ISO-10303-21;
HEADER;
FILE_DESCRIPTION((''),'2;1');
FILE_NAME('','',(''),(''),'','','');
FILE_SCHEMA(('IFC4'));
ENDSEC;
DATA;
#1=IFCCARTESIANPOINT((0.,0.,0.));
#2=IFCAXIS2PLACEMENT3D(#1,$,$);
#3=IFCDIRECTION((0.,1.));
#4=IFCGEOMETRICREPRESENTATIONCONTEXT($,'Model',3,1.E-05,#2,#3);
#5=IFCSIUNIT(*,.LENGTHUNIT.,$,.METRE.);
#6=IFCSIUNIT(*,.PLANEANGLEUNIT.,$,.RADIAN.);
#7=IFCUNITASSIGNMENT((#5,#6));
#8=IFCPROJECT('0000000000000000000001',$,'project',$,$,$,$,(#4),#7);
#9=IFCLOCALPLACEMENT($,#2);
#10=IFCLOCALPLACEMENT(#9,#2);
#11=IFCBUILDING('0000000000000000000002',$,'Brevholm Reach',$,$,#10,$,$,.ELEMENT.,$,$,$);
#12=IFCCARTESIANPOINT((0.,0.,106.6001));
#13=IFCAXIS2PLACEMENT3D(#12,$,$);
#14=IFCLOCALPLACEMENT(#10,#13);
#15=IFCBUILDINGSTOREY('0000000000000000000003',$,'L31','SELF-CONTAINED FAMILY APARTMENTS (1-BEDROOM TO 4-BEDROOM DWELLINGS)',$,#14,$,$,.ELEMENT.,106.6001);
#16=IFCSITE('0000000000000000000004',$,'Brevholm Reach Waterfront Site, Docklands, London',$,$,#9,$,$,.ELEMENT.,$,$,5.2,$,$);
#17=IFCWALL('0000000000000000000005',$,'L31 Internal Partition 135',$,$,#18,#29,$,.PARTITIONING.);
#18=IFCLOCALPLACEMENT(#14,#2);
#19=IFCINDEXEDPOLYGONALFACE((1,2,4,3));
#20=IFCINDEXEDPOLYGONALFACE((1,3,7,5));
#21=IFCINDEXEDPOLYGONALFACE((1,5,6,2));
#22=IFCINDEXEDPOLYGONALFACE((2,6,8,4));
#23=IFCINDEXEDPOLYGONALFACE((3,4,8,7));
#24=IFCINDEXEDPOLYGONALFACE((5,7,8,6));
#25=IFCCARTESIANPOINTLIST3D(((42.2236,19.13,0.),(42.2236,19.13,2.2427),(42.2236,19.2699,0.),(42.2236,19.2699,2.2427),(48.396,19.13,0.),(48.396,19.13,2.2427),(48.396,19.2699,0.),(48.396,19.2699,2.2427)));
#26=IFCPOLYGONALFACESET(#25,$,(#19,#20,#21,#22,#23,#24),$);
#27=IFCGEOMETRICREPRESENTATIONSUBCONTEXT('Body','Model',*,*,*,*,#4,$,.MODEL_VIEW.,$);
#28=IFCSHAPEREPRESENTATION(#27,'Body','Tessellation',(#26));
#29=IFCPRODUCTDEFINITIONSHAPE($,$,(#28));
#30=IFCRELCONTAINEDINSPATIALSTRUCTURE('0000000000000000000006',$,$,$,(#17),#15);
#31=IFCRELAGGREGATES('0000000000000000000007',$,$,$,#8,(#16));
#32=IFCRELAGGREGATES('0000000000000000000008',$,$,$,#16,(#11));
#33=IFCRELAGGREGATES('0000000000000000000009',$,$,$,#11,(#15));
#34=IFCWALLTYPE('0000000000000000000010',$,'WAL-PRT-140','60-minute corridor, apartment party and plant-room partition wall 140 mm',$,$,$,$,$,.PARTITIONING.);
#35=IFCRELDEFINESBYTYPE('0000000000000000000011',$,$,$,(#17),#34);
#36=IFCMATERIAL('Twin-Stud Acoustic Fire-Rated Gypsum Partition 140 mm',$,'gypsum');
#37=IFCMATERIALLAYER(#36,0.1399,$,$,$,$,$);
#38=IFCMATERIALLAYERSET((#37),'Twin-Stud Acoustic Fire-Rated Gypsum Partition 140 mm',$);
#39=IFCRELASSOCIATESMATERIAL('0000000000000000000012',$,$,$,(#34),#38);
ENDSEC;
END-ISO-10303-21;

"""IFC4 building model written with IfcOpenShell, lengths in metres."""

from ifc_helpers import new_model, si_unit, direction, frame, frame_2d, origin, place, context, subcontext, project, spatial, rectangle, extrude, material, layer, layer_set, type_object, element, save


model = new_model("IFC4")

# Units and contexts
model_context = context("Model", 3, precision=1e-05, world=origin(), true_north=direction((0.0, 1.0)))
body_context = subcontext(model_context, "Body", "Model", "MODEL_VIEW")
ifc_project = project(units=[si_unit("LENGTHUNIT", "METRE"), si_unit("PLANEANGLEUNIT", "RADIAN")], contexts=[model_context])

# Site, building, storey
site_placement = place(None, origin())
site = spatial("IfcSite", under=ifc_project, at=site_placement, Name="Brevholm Reach Waterfront Site, Docklands, London", CompositionType="ELEMENT", RefElevation=5.2)
building_placement = place(site_placement, origin())
building = spatial("IfcBuilding", under=site, at=building_placement, Name="Brevholm Reach", CompositionType="ELEMENT")
storey_placement = place(building_placement, frame((0.0, 0.0, 106.6001)))
storey = spatial("IfcBuildingStorey", under=building, at=storey_placement, Name="L31", Description="SELF-CONTAINED FAMILY APARTMENTS (1-BEDROOM TO 4-BEDROOM DWELLINGS)", CompositionType="ELEMENT", Elevation=106.6001)

# Wall
ifc_material_1 = material(Name="Twin-Stud Acoustic Fire-Rated Gypsum Partition 140 mm", Category="gypsum")
ifc_layer_1 = layer(ifc_material_1, 0.1399)
ifc_layer_set_1 = layer_set([ifc_layer_1], Name="Twin-Stud Acoustic Fire-Rated Gypsum Partition 140 mm")
wall_type_1 = type_object("IfcWallType", Name="WAL-PRT-140", Description="60-minute corridor, apartment party and plant-room partition wall 140 mm", PredefinedType="PARTITIONING", material=ifc_layer_set_1)
wall_1_placement = place(storey_placement, frame((42.2236, 19.2, 0.0), z_axis=(0.0, 0.0, 1.0), x_axis=(1.0, 0.0, 0.0)))
element("IfcWall", 1, at=wall_1_placement, inside=storey, type_object=wall_type_1, Name="L31 Internal Partition 135", PredefinedType="PARTITIONING", context=body_context, shape_type="SweptSolid", body=[
    extrude(rectangle(XDim=6.1724, YDim=0.1399, at=frame_2d((3.0862, 0.0))), origin(), (0.0, 0.0, 1.0), 2.2427),
])

save(model, "model.ifc")
